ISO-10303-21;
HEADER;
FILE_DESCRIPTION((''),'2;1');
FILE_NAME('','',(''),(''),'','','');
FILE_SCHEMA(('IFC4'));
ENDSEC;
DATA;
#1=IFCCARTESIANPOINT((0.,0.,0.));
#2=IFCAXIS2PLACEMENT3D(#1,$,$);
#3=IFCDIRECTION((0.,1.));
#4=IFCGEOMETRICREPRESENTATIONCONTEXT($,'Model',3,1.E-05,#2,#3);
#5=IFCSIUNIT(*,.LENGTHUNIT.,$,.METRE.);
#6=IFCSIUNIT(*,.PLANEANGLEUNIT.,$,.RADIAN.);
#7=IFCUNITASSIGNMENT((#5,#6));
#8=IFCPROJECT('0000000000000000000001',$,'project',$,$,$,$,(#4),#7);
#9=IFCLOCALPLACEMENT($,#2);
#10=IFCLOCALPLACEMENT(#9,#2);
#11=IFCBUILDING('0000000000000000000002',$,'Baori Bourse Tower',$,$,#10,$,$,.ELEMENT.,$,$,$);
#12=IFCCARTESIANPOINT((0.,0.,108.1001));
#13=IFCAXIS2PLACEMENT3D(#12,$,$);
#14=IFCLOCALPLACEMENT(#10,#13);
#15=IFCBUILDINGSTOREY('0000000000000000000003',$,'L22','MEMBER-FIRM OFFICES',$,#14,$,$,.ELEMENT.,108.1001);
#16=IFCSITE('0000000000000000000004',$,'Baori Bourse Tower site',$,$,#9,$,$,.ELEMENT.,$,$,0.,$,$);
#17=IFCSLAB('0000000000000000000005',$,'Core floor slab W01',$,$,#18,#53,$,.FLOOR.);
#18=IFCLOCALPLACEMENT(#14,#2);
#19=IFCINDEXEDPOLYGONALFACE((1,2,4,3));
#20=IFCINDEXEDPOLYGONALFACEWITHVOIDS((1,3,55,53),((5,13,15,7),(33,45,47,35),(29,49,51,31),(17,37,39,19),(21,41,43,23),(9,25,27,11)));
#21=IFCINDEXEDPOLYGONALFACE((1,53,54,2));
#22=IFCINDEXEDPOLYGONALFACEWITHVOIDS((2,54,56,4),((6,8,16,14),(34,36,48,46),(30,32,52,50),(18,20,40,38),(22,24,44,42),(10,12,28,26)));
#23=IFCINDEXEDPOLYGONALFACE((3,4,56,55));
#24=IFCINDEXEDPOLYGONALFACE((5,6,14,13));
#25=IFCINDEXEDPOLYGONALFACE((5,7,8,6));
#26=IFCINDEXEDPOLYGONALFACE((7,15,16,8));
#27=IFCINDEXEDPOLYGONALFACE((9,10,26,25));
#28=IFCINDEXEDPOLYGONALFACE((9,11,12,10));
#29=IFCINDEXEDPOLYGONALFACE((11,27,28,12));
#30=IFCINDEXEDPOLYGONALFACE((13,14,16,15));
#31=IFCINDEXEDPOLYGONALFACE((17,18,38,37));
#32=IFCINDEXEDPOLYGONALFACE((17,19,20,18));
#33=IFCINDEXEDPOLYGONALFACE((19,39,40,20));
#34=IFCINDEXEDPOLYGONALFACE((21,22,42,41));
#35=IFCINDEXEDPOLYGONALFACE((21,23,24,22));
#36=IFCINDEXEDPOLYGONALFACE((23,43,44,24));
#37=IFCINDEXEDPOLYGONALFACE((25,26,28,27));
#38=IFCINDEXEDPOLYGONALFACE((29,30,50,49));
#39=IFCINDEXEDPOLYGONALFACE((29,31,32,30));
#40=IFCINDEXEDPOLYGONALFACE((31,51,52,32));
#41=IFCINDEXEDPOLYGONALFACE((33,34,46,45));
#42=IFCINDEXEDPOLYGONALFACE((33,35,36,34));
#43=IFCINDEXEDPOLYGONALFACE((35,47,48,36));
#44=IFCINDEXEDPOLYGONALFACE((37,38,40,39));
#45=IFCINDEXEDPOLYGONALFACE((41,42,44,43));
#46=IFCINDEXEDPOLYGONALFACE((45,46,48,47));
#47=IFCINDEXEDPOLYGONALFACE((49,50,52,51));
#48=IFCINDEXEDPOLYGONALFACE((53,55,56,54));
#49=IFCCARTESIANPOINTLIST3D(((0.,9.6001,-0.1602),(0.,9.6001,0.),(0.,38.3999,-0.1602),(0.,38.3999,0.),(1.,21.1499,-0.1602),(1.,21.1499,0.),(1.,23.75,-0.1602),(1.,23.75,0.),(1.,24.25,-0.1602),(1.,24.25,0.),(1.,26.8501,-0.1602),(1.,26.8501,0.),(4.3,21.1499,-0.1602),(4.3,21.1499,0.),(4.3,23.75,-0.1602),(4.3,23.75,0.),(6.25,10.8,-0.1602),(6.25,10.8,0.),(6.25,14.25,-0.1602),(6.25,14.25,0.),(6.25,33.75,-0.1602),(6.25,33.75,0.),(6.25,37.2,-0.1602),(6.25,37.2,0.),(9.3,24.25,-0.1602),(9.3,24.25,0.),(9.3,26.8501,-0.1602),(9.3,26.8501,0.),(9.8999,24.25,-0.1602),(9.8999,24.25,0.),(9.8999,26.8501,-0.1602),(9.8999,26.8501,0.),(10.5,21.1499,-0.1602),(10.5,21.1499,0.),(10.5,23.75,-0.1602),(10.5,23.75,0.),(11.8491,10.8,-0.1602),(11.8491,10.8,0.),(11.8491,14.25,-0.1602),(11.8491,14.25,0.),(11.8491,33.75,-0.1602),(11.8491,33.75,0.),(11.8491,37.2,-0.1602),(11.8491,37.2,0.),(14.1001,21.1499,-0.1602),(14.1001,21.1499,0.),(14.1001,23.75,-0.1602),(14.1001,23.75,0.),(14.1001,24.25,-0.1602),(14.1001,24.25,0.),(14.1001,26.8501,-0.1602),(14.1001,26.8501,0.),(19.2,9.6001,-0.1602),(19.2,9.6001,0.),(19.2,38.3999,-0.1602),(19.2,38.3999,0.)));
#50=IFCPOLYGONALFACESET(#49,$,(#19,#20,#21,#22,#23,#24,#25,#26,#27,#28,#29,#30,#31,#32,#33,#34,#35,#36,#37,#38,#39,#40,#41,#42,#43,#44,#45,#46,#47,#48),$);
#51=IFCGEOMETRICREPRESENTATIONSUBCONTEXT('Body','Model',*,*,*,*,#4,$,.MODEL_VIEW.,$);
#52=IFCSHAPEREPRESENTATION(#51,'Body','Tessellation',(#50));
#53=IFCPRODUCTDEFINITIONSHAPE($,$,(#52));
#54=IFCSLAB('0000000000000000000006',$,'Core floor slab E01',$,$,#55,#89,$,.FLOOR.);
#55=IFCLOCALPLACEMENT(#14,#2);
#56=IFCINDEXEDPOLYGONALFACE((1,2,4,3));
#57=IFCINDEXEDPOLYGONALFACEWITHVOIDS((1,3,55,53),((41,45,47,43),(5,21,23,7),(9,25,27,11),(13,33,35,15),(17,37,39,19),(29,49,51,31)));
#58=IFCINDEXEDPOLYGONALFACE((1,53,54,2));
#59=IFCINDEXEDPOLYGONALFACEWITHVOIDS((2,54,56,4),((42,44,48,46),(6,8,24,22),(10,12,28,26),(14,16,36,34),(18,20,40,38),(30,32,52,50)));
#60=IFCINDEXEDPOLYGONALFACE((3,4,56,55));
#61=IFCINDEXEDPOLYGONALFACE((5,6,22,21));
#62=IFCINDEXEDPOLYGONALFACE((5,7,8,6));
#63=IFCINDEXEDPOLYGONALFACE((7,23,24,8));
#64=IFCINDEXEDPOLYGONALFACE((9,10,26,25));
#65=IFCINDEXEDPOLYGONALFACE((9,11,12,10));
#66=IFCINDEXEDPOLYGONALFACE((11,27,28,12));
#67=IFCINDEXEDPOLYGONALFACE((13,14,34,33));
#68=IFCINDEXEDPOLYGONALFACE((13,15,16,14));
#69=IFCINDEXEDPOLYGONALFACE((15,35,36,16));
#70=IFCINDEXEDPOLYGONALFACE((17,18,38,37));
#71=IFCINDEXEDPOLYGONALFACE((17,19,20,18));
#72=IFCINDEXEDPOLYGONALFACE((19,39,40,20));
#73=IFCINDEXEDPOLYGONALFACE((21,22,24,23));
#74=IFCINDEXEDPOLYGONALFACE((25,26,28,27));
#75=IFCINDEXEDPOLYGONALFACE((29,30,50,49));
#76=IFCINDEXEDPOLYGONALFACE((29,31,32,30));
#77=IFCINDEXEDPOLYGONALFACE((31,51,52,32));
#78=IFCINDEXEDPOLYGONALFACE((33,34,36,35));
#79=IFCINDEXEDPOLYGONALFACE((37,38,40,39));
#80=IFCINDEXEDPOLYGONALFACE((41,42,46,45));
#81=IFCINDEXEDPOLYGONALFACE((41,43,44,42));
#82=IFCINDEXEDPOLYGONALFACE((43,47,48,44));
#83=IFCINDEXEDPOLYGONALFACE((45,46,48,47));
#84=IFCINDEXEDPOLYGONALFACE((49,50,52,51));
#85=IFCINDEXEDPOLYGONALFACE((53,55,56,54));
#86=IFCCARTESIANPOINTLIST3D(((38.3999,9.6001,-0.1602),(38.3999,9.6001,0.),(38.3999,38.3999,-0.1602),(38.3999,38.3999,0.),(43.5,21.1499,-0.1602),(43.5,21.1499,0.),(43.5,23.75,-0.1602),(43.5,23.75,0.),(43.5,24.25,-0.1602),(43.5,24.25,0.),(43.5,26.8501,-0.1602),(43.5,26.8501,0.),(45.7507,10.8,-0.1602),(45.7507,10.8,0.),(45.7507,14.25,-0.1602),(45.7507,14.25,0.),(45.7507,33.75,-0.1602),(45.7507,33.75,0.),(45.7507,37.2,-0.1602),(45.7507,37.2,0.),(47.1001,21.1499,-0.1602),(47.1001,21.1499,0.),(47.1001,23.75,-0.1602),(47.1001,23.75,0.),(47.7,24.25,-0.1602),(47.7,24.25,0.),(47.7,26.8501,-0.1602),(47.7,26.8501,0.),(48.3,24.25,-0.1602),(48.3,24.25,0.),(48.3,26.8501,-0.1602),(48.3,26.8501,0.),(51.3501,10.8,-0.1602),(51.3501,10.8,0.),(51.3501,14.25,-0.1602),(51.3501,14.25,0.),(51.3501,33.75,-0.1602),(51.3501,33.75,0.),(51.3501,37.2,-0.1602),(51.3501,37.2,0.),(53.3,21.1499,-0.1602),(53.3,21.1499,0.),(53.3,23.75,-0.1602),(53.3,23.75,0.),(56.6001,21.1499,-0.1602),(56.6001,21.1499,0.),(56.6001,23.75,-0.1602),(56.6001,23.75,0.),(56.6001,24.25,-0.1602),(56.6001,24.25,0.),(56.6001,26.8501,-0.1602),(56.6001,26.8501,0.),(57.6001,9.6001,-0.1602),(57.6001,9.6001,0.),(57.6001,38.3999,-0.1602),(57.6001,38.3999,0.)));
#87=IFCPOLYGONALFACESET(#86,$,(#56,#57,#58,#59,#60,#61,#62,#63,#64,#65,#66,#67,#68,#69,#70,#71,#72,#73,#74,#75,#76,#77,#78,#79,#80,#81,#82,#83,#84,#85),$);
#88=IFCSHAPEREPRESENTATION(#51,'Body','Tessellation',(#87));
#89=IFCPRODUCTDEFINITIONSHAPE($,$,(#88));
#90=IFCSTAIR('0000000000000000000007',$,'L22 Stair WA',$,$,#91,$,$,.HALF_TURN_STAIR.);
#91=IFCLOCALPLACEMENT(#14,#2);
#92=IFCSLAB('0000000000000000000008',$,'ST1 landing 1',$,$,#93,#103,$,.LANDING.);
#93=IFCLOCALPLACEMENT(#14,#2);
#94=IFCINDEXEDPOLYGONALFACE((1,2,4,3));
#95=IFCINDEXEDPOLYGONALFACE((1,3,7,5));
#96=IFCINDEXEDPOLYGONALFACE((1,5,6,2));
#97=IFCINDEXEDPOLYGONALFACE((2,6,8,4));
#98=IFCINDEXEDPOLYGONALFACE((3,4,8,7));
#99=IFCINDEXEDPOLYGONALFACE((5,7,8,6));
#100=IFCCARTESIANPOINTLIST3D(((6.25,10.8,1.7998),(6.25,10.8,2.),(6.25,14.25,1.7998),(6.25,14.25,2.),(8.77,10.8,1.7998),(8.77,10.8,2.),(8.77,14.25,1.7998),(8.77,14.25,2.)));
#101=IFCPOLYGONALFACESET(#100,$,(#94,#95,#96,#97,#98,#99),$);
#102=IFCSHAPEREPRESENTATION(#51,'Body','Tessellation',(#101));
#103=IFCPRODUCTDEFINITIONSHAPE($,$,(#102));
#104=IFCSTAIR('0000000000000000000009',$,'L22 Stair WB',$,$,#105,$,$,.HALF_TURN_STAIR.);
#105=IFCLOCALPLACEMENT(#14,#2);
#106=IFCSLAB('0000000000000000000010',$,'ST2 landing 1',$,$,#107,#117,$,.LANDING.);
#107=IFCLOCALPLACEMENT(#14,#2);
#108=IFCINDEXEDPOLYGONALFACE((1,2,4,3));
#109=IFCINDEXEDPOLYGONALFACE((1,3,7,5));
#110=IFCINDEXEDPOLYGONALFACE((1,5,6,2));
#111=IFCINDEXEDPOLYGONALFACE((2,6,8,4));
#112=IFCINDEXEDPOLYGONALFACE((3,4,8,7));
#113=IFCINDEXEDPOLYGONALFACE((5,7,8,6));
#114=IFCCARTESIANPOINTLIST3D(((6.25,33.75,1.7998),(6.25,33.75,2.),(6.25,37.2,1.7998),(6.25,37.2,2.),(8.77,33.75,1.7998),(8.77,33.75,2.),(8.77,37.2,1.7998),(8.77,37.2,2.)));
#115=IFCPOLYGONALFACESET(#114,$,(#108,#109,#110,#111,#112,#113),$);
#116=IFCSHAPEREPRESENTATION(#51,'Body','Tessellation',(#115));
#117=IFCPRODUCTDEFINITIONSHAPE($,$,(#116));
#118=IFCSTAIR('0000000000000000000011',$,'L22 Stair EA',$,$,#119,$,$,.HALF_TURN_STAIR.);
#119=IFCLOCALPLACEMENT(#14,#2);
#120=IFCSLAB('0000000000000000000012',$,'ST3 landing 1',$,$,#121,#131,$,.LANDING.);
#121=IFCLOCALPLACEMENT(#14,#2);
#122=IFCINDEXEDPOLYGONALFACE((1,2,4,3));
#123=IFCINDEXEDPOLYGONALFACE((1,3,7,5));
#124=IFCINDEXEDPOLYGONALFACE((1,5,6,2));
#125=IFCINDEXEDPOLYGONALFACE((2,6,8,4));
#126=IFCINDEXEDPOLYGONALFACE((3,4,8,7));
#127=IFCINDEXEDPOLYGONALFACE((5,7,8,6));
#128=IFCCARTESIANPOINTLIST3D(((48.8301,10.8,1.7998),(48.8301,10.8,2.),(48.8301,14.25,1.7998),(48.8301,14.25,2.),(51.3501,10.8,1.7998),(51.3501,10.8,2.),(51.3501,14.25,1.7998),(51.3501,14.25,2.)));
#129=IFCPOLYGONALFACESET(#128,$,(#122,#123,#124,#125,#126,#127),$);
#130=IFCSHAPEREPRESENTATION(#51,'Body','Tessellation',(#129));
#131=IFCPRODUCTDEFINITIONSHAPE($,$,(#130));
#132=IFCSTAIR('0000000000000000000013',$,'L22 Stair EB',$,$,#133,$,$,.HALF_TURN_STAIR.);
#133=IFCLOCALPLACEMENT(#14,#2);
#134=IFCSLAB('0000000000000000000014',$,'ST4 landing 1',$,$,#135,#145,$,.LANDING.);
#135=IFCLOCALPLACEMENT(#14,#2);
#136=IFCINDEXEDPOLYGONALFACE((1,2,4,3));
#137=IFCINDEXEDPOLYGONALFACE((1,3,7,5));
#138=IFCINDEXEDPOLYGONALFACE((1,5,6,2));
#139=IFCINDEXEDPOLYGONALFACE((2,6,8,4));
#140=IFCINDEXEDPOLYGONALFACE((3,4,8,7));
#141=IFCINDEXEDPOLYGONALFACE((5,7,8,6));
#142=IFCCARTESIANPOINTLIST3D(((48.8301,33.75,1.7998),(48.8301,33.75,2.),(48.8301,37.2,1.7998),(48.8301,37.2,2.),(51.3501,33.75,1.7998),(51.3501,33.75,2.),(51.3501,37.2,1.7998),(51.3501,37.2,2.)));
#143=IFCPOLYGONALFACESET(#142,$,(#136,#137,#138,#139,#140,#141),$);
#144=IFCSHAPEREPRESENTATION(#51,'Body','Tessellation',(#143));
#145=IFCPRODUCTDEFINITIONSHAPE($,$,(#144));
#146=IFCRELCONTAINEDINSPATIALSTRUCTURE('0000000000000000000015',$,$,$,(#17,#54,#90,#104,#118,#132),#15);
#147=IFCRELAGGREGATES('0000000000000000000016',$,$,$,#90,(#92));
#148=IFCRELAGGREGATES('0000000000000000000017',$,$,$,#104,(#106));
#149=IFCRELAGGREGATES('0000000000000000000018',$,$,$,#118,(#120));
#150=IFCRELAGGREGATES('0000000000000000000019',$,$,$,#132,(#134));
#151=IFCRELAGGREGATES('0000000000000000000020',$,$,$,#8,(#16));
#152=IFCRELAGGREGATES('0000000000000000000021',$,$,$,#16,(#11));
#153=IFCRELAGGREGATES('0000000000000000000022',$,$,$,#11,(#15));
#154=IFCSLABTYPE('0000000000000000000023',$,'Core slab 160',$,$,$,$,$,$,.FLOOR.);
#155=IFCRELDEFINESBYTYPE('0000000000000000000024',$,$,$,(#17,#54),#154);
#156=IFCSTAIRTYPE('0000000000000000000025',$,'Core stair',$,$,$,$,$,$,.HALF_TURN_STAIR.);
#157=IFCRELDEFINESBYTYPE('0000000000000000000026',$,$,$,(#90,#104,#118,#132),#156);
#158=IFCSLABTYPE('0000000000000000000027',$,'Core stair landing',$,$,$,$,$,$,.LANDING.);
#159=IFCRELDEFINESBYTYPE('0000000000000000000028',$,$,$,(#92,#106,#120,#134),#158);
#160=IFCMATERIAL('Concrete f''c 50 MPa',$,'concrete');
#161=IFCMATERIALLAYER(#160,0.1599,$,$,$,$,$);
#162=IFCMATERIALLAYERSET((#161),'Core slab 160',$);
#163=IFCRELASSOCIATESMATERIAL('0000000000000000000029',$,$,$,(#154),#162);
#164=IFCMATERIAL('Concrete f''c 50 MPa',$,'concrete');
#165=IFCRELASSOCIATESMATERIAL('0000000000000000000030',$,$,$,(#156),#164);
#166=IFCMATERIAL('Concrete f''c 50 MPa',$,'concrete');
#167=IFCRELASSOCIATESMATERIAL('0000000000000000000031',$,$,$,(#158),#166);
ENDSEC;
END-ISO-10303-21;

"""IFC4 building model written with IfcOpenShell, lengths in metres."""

from ifc_helpers import new_model, si_unit, direction, frame, origin, place, context, subcontext, project, spatial, polyline, outline, extrude, material, layer, layer_set, type_object, element, aggregate, save


model = new_model("IFC4")

# Units and contexts
model_context = context("Model", 3, precision=1e-05, world=origin(), true_north=direction((0.0, 1.0)))
body_context = subcontext(model_context, "Body", "Model", "MODEL_VIEW")
ifc_project = project(units=[si_unit("LENGTHUNIT", "METRE"), si_unit("PLANEANGLEUNIT", "RADIAN")], contexts=[model_context])

# Site, building, storey
site_placement = place(None, origin())
site = spatial("IfcSite", under=ifc_project, at=site_placement, Name="Baori Bourse Tower site", CompositionType="ELEMENT", RefElevation=0.0)
building_placement = place(site_placement, origin())
building = spatial("IfcBuilding", under=site, at=building_placement, Name="Baori Bourse Tower", CompositionType="ELEMENT")
storey_placement = place(building_placement, frame((0.0, 0.0, 108.1001)))
storey = spatial("IfcBuildingStorey", under=building, at=storey_placement, Name="L22", Description="MEMBER-FIRM OFFICES", CompositionType="ELEMENT", Elevation=108.1001)

# Slabs
ifc_material_1 = material(Name="Concrete f'c 50 MPa", Category="concrete")
ifc_layer_1 = layer(ifc_material_1, 0.1599)
ifc_layer_set_1 = layer_set([ifc_layer_1], Name="Core slab 160")
slab_type_1 = type_object("IfcSlabType", Name="Core slab 160", PredefinedType="FLOOR", material=ifc_layer_set_1)
slab_1_placement = place(storey_placement, frame((0.0, 0.0, -0.1602)))
element("IfcSlab", 1, at=slab_1_placement, inside=storey, type_object=slab_type_1, Name="Core floor slab W01", PredefinedType="FLOOR", context=body_context, shape_type="SweptSolid", body=[
    extrude(outline(polyline([(0.0, 38.3999), (0.0, 9.6001), (19.2, 9.6001), (19.2, 38.3999), (0.0, 38.3999)]), holes=[polyline([(10.5, 21.1499), (10.5, 23.75), (14.1001, 23.75), (14.1001, 21.1499), (10.5, 21.1499)]), polyline([(14.1001, 24.25), (9.8999, 24.25), (9.8999, 26.8501), (14.1001, 26.8501), (14.1001, 24.25)]), polyline([(6.25, 14.25), (11.8491, 14.25), (11.8491, 10.8), (6.25, 10.8), (6.25, 14.25)]), polyline([(11.8491, 37.2), (11.8491, 33.75), (6.25, 33.75), (6.25, 37.2), (11.8491, 37.2)]), polyline([(1.0, 26.8501), (9.3, 26.8501), (9.3, 24.25), (1.0, 24.25), (1.0, 26.8501)]), polyline([(4.3, 23.75), (4.3, 21.1499), (1.0, 21.1499), (1.0, 23.75), (4.3, 23.75)])]), origin(), (0.0, 0.0, 1.0), 0.1602),
])
slab_2_placement = place(storey_placement, frame((0.0, 0.0, -0.1602)))
element("IfcSlab", 2, at=slab_2_placement, inside=storey, type_object=slab_type_1, Name="Core floor slab E01", PredefinedType="FLOOR", context=body_context, shape_type="SweptSolid", body=[
    extrude(outline(polyline([(57.6001, 38.3999), (38.3999, 38.3999), (38.3999, 9.6001), (57.6001, 9.6001), (57.6001, 38.3999)]), holes=[polyline([(56.6001, 21.1499), (53.3, 21.1499), (53.3, 23.75), (56.6001, 23.75), (56.6001, 21.1499)]), polyline([(56.6001, 26.8501), (56.6001, 24.25), (48.3, 24.25), (48.3, 26.8501), (56.6001, 26.8501)]), polyline([(45.7507, 14.25), (51.3501, 14.25), (51.3501, 10.8), (45.7507, 10.8), (45.7507, 14.25)]), polyline([(51.3501, 37.2), (51.3501, 33.75), (45.7507, 33.75), (45.7507, 37.2), (51.3501, 37.2)]), polyline([(43.5, 24.25), (43.5, 26.8501), (47.7, 26.8501), (47.7, 24.25), (43.5, 24.25)]), polyline([(43.5, 23.75), (47.1001, 23.75), (47.1001, 21.1499), (43.5, 21.1499), (43.5, 23.75)])]), origin(), (0.0, 0.0, 1.0), 0.1602),
])

# Stairs, slabs
ifc_material_2 = material(Name="Concrete f'c 50 MPa", Category="concrete")
stair_type = type_object("IfcStairType", Name="Core stair", PredefinedType="HALF_TURN_STAIR", material=ifc_material_2)
stair_1_placement = place(storey_placement, origin())
stair_1 = element("IfcStair", 3, at=stair_1_placement, inside=storey, type_object=stair_type, Name="L22 Stair WA", PredefinedType="HALF_TURN_STAIR")
ifc_material_3 = material(Name="Concrete f'c 50 MPa", Category="concrete")
slab_type_2 = type_object("IfcSlabType", Name="Core stair landing", PredefinedType="LANDING", material=ifc_material_3)
slab_3_placement = place(storey_placement, frame((0.0, 0.0, 1.7998)))
slab_3 = element("IfcSlab", 4, at=slab_3_placement, type_object=slab_type_2, Name="ST1 landing 1", PredefinedType="LANDING", context=body_context, shape_type="SweptSolid", body=[
    extrude(outline(polyline([(8.77, 14.25), (6.25, 14.25), (6.25, 10.8), (8.77, 10.8), (8.77, 14.25)])), origin(), (0.0, 0.0, 1.0), 0.2002),
])
aggregate(stair_1, [slab_3])
stair_2_placement = place(storey_placement, origin())
stair_2 = element("IfcStair", 5, at=stair_2_placement, inside=storey, type_object=stair_type, Name="L22 Stair WB", PredefinedType="HALF_TURN_STAIR")
slab_4_placement = place(storey_placement, frame((0.0, 0.0, 1.7998)))
slab_4 = element("IfcSlab", 6, at=slab_4_placement, type_object=slab_type_2, Name="ST2 landing 1", PredefinedType="LANDING", context=body_context, shape_type="SweptSolid", body=[
    extrude(outline(polyline([(8.77, 37.2), (6.25, 37.2), (6.25, 33.75), (8.77, 33.75), (8.77, 37.2)])), origin(), (0.0, 0.0, 1.0), 0.2002),
])
aggregate(stair_2, [slab_4])
stair_3_placement = place(storey_placement, origin())
stair_3 = element("IfcStair", 7, at=stair_3_placement, inside=storey, type_object=stair_type, Name="L22 Stair EA", PredefinedType="HALF_TURN_STAIR")
slab_5_placement = place(storey_placement, frame((0.0, 0.0, 1.7998)))
slab_5 = element("IfcSlab", 8, at=slab_5_placement, type_object=slab_type_2, Name="ST3 landing 1", PredefinedType="LANDING", context=body_context, shape_type="SweptSolid", body=[
    extrude(outline(polyline([(48.8301, 10.8), (51.3501, 10.8), (51.3501, 14.25), (48.8301, 14.25), (48.8301, 10.8)])), origin(), (0.0, 0.0, 1.0), 0.2002),
])
aggregate(stair_3, [slab_5])
stair_4_placement = place(storey_placement, origin())
stair_4 = element("IfcStair", 9, at=stair_4_placement, inside=storey, type_object=stair_type, Name="L22 Stair EB", PredefinedType="HALF_TURN_STAIR")
slab_6_placement = place(storey_placement, frame((0.0, 0.0, 1.7998)))
slab_6 = element("IfcSlab", 10, at=slab_6_placement, type_object=slab_type_2, Name="ST4 landing 1", PredefinedType="LANDING", context=body_context, shape_type="SweptSolid", body=[
    extrude(outline(polyline([(48.8301, 33.75), (51.3501, 33.75), (51.3501, 37.2), (48.8301, 37.2), (48.8301, 33.75)])), origin(), (0.0, 0.0, 1.0), 0.2002),
])
aggregate(stair_4, [slab_6])

save(model, "model.ifc")
